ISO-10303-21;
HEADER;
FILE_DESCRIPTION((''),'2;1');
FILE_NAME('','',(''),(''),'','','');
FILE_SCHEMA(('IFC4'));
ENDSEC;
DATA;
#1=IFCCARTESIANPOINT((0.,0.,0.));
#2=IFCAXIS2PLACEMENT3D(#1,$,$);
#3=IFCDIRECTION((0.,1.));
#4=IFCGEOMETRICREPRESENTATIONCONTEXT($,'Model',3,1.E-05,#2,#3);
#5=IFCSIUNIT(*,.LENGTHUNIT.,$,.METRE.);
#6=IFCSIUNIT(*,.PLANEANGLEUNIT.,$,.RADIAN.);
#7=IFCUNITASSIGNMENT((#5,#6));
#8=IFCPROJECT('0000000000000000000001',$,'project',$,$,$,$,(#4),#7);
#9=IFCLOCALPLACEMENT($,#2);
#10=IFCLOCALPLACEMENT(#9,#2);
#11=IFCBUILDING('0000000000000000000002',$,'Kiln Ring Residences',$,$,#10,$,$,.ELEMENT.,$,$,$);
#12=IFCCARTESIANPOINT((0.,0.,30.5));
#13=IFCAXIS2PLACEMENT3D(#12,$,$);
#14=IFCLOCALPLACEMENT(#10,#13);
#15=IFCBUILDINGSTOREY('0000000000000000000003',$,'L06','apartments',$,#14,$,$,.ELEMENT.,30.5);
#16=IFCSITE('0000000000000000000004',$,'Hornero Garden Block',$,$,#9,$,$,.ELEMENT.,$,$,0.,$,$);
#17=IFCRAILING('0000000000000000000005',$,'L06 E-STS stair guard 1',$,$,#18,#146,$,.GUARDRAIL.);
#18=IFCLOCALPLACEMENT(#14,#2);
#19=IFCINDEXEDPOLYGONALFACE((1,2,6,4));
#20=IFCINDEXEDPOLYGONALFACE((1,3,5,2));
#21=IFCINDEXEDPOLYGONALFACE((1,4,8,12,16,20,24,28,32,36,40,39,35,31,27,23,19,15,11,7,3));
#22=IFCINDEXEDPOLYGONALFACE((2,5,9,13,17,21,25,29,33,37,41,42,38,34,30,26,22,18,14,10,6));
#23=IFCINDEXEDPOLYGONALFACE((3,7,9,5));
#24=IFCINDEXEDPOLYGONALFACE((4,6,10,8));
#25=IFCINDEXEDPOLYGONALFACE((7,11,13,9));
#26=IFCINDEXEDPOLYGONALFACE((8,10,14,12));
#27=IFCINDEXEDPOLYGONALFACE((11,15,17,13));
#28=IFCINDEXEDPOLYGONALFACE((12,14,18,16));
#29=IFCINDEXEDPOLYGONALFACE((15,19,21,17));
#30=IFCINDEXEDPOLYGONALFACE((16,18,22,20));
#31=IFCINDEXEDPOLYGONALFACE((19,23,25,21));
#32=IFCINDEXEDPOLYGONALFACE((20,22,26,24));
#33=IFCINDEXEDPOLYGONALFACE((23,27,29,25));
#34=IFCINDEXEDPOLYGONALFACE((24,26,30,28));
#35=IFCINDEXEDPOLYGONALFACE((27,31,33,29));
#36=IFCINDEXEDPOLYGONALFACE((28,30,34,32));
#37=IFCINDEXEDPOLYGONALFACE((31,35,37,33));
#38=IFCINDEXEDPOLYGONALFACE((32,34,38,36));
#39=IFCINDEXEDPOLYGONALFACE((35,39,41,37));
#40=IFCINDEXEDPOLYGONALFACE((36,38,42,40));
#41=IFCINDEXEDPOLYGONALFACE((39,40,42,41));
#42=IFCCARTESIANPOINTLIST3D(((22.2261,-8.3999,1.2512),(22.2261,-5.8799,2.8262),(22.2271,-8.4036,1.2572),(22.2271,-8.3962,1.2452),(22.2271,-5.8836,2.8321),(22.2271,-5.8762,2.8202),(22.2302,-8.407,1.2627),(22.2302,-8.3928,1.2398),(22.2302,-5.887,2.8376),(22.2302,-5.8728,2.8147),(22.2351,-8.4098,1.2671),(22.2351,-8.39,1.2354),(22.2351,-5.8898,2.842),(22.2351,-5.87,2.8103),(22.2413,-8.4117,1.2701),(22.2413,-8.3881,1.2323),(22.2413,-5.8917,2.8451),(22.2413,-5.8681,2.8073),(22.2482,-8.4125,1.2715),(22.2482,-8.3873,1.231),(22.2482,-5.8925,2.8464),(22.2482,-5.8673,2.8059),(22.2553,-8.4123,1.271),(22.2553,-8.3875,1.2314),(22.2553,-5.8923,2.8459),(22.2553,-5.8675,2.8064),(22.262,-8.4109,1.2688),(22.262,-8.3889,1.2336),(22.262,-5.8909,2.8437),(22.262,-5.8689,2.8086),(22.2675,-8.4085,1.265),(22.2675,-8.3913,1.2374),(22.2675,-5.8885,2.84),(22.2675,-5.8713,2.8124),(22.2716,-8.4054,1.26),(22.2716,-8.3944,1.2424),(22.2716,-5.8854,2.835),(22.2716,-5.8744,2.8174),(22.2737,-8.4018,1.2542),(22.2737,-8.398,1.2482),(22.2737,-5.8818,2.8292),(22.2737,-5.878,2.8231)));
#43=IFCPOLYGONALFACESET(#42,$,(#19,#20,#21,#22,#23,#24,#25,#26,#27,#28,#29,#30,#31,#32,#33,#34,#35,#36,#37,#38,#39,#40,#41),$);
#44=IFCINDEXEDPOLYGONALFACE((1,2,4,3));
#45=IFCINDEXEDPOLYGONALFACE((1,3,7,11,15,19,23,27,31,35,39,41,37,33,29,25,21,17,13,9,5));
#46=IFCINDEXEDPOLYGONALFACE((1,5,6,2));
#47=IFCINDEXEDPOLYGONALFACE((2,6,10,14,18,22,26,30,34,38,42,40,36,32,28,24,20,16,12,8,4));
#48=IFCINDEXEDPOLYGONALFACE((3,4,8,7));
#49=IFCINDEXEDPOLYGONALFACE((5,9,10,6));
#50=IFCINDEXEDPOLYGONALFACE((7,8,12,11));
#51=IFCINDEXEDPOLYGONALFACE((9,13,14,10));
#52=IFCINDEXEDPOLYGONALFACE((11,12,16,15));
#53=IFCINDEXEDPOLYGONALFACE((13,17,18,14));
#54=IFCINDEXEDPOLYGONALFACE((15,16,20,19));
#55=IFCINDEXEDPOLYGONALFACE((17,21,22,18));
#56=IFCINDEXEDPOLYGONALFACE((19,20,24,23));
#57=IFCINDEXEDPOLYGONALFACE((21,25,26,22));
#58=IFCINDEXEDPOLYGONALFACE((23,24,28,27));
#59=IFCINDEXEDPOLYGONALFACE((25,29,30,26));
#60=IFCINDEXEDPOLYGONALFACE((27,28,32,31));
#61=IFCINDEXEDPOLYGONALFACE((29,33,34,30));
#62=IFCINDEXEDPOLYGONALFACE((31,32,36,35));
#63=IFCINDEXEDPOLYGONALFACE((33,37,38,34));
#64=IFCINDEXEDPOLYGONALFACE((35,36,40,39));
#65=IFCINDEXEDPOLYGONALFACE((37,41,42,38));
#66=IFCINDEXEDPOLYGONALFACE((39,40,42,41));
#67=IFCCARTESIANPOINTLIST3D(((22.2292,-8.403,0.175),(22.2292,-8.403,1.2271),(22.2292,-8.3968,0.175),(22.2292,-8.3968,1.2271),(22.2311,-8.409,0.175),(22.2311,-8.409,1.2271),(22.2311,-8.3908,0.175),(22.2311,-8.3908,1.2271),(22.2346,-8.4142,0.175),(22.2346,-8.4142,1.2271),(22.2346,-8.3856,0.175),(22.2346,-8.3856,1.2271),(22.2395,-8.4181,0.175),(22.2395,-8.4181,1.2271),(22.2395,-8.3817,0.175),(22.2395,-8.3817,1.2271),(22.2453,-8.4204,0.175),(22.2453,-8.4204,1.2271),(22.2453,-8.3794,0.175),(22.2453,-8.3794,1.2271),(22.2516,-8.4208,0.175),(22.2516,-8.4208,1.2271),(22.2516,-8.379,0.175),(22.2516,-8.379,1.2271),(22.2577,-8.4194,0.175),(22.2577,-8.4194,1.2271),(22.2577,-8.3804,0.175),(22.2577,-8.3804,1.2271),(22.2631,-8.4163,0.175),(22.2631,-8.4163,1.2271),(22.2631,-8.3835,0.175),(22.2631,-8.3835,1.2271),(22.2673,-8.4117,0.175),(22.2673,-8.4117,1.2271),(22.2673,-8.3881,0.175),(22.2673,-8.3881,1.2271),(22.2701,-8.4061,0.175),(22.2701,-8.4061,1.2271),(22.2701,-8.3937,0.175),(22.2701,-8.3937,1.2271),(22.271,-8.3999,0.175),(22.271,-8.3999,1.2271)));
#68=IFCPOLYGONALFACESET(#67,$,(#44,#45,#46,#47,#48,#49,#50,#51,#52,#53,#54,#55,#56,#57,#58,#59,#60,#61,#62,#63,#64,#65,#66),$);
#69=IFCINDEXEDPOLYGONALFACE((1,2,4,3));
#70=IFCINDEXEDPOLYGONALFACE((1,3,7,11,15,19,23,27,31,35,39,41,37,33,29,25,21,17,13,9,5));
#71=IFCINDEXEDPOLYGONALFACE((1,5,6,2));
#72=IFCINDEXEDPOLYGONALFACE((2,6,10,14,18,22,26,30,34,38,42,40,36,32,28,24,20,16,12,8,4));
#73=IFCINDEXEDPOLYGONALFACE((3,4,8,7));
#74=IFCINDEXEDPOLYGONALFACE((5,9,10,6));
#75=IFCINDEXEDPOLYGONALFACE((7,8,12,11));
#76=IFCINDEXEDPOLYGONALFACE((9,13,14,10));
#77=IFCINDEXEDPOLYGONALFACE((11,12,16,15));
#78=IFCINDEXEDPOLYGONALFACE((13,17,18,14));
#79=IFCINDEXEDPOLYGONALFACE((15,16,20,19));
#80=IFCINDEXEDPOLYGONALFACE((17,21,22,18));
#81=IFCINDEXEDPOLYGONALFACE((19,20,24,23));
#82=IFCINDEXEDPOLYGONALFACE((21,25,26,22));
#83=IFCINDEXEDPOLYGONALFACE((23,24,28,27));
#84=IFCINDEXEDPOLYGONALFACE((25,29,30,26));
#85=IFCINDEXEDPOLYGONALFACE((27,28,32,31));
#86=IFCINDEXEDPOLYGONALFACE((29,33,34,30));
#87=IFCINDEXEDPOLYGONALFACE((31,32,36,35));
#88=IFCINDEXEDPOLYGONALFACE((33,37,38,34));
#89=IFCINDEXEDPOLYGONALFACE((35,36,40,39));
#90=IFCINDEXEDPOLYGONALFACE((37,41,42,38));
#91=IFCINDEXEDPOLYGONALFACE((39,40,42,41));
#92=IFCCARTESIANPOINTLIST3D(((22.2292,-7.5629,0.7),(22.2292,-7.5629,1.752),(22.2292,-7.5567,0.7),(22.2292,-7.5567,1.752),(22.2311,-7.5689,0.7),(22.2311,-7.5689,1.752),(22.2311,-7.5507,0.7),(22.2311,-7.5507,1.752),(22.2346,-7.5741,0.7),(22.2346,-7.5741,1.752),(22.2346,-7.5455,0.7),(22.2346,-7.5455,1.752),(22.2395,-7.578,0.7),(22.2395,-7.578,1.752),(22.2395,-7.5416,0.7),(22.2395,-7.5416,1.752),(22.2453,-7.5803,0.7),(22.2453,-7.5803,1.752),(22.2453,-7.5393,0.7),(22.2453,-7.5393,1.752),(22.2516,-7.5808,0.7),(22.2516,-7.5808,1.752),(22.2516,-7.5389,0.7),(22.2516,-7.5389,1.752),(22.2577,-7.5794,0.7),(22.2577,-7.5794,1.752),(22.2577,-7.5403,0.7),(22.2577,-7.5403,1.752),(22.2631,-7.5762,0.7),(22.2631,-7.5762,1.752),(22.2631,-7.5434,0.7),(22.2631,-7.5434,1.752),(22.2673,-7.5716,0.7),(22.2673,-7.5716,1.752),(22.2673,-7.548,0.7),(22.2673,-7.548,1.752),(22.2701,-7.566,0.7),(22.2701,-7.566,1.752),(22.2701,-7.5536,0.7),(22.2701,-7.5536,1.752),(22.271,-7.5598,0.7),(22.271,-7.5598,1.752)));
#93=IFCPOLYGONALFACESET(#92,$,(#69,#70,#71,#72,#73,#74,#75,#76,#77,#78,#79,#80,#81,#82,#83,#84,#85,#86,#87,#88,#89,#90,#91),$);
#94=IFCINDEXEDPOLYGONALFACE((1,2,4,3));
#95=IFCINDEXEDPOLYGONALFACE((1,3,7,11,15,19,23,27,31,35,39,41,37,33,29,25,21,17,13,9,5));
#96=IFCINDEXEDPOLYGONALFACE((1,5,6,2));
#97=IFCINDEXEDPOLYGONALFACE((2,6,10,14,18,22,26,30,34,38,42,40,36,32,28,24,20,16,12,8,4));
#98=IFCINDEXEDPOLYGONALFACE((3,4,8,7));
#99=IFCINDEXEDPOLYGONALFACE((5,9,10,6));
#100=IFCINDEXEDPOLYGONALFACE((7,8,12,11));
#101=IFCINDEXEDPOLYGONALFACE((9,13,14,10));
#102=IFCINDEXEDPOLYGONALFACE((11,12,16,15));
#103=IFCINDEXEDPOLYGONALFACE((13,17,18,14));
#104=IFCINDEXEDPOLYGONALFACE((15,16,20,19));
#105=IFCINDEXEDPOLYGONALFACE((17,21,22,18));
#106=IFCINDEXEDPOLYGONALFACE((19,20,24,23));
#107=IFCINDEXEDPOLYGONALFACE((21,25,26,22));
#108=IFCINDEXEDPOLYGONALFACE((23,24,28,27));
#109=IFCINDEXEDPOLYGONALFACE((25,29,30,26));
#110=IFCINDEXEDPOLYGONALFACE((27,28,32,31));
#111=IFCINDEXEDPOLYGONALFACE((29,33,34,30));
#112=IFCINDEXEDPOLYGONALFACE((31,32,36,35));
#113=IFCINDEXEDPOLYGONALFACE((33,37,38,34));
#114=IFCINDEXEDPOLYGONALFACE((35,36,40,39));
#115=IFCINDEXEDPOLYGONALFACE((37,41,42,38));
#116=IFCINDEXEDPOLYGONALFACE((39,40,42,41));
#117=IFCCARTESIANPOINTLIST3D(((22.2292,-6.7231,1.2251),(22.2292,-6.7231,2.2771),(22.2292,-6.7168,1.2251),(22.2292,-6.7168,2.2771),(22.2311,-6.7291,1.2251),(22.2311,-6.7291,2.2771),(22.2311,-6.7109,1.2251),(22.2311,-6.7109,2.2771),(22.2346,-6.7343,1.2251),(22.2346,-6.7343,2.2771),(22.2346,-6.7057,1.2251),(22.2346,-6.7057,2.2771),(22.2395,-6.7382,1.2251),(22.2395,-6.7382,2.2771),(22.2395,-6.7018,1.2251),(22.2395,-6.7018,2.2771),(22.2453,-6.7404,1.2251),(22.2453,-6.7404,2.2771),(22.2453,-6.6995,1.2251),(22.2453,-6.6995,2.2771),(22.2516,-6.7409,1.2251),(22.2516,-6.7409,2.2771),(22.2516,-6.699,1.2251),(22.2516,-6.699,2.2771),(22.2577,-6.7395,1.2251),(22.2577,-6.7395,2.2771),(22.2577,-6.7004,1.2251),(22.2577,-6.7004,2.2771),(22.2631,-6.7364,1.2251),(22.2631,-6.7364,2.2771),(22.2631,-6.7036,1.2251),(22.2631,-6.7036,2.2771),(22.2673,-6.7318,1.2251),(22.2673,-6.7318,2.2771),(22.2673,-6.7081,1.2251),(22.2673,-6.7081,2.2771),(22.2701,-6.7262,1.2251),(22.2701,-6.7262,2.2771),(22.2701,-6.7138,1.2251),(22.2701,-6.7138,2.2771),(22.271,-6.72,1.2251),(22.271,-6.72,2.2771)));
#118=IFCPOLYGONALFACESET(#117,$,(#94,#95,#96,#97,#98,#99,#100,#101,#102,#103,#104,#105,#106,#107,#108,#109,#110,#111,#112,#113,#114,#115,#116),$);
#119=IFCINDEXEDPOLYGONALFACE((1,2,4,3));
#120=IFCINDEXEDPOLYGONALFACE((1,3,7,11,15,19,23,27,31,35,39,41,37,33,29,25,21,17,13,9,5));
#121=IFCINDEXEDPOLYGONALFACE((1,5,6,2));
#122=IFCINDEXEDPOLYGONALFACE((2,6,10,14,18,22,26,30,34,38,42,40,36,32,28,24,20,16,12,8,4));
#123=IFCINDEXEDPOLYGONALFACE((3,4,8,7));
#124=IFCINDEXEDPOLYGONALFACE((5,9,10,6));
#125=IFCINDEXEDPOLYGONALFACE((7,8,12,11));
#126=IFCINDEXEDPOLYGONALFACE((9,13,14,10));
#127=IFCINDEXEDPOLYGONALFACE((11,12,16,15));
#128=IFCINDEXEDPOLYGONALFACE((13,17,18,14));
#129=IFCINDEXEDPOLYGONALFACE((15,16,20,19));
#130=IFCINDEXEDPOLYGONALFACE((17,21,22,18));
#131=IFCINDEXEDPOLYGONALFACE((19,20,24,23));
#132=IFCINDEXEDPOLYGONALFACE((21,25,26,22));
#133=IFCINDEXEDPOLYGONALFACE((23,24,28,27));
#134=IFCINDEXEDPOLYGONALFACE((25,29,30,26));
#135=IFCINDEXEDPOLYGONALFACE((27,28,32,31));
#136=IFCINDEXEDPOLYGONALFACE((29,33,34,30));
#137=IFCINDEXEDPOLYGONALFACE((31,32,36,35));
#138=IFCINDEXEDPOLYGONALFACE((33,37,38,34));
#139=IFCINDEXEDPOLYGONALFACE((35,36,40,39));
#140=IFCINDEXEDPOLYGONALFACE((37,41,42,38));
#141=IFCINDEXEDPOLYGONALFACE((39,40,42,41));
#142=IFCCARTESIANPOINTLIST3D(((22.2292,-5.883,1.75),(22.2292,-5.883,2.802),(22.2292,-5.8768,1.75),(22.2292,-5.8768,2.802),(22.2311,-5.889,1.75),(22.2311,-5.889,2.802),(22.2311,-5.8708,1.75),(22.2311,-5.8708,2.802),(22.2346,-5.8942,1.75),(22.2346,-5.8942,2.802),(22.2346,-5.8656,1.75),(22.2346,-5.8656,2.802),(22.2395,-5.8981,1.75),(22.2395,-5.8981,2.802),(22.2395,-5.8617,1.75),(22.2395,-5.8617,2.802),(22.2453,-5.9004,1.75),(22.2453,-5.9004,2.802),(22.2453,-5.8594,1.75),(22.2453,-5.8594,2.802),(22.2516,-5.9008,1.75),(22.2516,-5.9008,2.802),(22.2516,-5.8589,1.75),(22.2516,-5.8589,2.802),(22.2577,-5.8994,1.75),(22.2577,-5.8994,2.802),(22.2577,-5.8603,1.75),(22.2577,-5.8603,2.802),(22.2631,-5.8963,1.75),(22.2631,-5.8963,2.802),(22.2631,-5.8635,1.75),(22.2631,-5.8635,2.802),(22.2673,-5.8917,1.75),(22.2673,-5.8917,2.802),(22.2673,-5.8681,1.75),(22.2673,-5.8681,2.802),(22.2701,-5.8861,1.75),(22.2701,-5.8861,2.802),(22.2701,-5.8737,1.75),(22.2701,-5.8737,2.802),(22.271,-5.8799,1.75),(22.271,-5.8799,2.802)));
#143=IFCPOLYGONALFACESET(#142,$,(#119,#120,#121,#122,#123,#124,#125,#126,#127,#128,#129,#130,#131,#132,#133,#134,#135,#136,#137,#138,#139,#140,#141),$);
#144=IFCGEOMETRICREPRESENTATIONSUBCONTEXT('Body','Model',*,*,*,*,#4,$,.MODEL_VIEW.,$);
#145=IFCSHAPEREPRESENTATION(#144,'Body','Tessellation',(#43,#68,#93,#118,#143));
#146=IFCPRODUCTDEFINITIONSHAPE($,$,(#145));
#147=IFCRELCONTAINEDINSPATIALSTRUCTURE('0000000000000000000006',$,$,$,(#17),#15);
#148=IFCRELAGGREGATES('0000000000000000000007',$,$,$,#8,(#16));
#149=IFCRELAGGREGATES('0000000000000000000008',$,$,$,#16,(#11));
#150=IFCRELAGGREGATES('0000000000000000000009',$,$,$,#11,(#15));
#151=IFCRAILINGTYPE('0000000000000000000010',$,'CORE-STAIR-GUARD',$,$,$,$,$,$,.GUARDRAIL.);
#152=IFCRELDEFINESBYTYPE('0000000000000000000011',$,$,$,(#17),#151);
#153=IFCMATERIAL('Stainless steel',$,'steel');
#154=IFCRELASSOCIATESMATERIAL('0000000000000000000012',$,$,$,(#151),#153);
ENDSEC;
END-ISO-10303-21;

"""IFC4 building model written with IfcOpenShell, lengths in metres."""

from ifc_helpers import new_model, si_unit, direction, frame, origin, origin_2d, place, context, subcontext, project, spatial, circle, extrude, material, type_object, element, save


model = new_model("IFC4")

# Units and contexts
model_context = context("Model", 3, precision=1e-05, world=origin(), true_north=direction((0.0, 1.0)))
body_context = subcontext(model_context, "Body", "Model", "MODEL_VIEW")
ifc_project = project(units=[si_unit("LENGTHUNIT", "METRE"), si_unit("PLANEANGLEUNIT", "RADIAN")], contexts=[model_context])

# Site, building, storey
site_placement = place(None, origin())
site = spatial("IfcSite", under=ifc_project, at=site_placement, Name="Hornero Garden Block", CompositionType="ELEMENT", RefElevation=0.0)
building_placement = place(site_placement, origin())
building = spatial("IfcBuilding", under=site, at=building_placement, Name="Kiln Ring Residences", CompositionType="ELEMENT")
storey_placement = place(building_placement, frame((0.0, 0.0, 30.5)))
storey = spatial("IfcBuildingStorey", under=building, at=storey_placement, Name="L06", Description="apartments", CompositionType="ELEMENT", Elevation=30.5)

# Railing
ifc_material_1 = material(Name="Stainless steel", Category="steel")
railing_type_1 = type_object("IfcRailingType", Name="CORE-STAIR-GUARD", PredefinedType="GUARDRAIL", material=ifc_material_1)
railing_1_placement = place(storey_placement, frame((22.25, -8.3999, 0.175)))
element("IfcRailing", 1, at=railing_1_placement, inside=storey, type_object=railing_type_1, Name="L06 E-STS stair guard 1", PredefinedType="GUARDRAIL", context=body_context, shape_type="SweptSolid", body=[
    extrude(circle(Radius=0.0239, at=origin_2d()), frame((0.0, 0.0, 1.0762), z_axis=(0.0, 0.848008, 0.529984), x_axis=(-1.0, 0.0, 0.0)), (0.0, 0.0, 1.0), 2.9717),
    extrude(circle(Radius=0.021, at=origin_2d()), origin(), (0.0, 0.0, 1.0), 1.052),
    extrude(circle(Radius=0.021, at=origin_2d()), frame((0.0, 0.8401, 0.5249)), (0.0, 0.0, 1.0), 1.052),
    extrude(circle(Radius=0.021, at=origin_2d()), frame((0.0, 1.6799, 1.05)), (0.0, 0.0, 1.0), 1.052),
    extrude(circle(Radius=0.021, at=origin_2d()), frame((0.0, 2.52, 1.575)), (0.0, 0.0, 1.0), 1.052),
])

save(model, "model.ifc")
